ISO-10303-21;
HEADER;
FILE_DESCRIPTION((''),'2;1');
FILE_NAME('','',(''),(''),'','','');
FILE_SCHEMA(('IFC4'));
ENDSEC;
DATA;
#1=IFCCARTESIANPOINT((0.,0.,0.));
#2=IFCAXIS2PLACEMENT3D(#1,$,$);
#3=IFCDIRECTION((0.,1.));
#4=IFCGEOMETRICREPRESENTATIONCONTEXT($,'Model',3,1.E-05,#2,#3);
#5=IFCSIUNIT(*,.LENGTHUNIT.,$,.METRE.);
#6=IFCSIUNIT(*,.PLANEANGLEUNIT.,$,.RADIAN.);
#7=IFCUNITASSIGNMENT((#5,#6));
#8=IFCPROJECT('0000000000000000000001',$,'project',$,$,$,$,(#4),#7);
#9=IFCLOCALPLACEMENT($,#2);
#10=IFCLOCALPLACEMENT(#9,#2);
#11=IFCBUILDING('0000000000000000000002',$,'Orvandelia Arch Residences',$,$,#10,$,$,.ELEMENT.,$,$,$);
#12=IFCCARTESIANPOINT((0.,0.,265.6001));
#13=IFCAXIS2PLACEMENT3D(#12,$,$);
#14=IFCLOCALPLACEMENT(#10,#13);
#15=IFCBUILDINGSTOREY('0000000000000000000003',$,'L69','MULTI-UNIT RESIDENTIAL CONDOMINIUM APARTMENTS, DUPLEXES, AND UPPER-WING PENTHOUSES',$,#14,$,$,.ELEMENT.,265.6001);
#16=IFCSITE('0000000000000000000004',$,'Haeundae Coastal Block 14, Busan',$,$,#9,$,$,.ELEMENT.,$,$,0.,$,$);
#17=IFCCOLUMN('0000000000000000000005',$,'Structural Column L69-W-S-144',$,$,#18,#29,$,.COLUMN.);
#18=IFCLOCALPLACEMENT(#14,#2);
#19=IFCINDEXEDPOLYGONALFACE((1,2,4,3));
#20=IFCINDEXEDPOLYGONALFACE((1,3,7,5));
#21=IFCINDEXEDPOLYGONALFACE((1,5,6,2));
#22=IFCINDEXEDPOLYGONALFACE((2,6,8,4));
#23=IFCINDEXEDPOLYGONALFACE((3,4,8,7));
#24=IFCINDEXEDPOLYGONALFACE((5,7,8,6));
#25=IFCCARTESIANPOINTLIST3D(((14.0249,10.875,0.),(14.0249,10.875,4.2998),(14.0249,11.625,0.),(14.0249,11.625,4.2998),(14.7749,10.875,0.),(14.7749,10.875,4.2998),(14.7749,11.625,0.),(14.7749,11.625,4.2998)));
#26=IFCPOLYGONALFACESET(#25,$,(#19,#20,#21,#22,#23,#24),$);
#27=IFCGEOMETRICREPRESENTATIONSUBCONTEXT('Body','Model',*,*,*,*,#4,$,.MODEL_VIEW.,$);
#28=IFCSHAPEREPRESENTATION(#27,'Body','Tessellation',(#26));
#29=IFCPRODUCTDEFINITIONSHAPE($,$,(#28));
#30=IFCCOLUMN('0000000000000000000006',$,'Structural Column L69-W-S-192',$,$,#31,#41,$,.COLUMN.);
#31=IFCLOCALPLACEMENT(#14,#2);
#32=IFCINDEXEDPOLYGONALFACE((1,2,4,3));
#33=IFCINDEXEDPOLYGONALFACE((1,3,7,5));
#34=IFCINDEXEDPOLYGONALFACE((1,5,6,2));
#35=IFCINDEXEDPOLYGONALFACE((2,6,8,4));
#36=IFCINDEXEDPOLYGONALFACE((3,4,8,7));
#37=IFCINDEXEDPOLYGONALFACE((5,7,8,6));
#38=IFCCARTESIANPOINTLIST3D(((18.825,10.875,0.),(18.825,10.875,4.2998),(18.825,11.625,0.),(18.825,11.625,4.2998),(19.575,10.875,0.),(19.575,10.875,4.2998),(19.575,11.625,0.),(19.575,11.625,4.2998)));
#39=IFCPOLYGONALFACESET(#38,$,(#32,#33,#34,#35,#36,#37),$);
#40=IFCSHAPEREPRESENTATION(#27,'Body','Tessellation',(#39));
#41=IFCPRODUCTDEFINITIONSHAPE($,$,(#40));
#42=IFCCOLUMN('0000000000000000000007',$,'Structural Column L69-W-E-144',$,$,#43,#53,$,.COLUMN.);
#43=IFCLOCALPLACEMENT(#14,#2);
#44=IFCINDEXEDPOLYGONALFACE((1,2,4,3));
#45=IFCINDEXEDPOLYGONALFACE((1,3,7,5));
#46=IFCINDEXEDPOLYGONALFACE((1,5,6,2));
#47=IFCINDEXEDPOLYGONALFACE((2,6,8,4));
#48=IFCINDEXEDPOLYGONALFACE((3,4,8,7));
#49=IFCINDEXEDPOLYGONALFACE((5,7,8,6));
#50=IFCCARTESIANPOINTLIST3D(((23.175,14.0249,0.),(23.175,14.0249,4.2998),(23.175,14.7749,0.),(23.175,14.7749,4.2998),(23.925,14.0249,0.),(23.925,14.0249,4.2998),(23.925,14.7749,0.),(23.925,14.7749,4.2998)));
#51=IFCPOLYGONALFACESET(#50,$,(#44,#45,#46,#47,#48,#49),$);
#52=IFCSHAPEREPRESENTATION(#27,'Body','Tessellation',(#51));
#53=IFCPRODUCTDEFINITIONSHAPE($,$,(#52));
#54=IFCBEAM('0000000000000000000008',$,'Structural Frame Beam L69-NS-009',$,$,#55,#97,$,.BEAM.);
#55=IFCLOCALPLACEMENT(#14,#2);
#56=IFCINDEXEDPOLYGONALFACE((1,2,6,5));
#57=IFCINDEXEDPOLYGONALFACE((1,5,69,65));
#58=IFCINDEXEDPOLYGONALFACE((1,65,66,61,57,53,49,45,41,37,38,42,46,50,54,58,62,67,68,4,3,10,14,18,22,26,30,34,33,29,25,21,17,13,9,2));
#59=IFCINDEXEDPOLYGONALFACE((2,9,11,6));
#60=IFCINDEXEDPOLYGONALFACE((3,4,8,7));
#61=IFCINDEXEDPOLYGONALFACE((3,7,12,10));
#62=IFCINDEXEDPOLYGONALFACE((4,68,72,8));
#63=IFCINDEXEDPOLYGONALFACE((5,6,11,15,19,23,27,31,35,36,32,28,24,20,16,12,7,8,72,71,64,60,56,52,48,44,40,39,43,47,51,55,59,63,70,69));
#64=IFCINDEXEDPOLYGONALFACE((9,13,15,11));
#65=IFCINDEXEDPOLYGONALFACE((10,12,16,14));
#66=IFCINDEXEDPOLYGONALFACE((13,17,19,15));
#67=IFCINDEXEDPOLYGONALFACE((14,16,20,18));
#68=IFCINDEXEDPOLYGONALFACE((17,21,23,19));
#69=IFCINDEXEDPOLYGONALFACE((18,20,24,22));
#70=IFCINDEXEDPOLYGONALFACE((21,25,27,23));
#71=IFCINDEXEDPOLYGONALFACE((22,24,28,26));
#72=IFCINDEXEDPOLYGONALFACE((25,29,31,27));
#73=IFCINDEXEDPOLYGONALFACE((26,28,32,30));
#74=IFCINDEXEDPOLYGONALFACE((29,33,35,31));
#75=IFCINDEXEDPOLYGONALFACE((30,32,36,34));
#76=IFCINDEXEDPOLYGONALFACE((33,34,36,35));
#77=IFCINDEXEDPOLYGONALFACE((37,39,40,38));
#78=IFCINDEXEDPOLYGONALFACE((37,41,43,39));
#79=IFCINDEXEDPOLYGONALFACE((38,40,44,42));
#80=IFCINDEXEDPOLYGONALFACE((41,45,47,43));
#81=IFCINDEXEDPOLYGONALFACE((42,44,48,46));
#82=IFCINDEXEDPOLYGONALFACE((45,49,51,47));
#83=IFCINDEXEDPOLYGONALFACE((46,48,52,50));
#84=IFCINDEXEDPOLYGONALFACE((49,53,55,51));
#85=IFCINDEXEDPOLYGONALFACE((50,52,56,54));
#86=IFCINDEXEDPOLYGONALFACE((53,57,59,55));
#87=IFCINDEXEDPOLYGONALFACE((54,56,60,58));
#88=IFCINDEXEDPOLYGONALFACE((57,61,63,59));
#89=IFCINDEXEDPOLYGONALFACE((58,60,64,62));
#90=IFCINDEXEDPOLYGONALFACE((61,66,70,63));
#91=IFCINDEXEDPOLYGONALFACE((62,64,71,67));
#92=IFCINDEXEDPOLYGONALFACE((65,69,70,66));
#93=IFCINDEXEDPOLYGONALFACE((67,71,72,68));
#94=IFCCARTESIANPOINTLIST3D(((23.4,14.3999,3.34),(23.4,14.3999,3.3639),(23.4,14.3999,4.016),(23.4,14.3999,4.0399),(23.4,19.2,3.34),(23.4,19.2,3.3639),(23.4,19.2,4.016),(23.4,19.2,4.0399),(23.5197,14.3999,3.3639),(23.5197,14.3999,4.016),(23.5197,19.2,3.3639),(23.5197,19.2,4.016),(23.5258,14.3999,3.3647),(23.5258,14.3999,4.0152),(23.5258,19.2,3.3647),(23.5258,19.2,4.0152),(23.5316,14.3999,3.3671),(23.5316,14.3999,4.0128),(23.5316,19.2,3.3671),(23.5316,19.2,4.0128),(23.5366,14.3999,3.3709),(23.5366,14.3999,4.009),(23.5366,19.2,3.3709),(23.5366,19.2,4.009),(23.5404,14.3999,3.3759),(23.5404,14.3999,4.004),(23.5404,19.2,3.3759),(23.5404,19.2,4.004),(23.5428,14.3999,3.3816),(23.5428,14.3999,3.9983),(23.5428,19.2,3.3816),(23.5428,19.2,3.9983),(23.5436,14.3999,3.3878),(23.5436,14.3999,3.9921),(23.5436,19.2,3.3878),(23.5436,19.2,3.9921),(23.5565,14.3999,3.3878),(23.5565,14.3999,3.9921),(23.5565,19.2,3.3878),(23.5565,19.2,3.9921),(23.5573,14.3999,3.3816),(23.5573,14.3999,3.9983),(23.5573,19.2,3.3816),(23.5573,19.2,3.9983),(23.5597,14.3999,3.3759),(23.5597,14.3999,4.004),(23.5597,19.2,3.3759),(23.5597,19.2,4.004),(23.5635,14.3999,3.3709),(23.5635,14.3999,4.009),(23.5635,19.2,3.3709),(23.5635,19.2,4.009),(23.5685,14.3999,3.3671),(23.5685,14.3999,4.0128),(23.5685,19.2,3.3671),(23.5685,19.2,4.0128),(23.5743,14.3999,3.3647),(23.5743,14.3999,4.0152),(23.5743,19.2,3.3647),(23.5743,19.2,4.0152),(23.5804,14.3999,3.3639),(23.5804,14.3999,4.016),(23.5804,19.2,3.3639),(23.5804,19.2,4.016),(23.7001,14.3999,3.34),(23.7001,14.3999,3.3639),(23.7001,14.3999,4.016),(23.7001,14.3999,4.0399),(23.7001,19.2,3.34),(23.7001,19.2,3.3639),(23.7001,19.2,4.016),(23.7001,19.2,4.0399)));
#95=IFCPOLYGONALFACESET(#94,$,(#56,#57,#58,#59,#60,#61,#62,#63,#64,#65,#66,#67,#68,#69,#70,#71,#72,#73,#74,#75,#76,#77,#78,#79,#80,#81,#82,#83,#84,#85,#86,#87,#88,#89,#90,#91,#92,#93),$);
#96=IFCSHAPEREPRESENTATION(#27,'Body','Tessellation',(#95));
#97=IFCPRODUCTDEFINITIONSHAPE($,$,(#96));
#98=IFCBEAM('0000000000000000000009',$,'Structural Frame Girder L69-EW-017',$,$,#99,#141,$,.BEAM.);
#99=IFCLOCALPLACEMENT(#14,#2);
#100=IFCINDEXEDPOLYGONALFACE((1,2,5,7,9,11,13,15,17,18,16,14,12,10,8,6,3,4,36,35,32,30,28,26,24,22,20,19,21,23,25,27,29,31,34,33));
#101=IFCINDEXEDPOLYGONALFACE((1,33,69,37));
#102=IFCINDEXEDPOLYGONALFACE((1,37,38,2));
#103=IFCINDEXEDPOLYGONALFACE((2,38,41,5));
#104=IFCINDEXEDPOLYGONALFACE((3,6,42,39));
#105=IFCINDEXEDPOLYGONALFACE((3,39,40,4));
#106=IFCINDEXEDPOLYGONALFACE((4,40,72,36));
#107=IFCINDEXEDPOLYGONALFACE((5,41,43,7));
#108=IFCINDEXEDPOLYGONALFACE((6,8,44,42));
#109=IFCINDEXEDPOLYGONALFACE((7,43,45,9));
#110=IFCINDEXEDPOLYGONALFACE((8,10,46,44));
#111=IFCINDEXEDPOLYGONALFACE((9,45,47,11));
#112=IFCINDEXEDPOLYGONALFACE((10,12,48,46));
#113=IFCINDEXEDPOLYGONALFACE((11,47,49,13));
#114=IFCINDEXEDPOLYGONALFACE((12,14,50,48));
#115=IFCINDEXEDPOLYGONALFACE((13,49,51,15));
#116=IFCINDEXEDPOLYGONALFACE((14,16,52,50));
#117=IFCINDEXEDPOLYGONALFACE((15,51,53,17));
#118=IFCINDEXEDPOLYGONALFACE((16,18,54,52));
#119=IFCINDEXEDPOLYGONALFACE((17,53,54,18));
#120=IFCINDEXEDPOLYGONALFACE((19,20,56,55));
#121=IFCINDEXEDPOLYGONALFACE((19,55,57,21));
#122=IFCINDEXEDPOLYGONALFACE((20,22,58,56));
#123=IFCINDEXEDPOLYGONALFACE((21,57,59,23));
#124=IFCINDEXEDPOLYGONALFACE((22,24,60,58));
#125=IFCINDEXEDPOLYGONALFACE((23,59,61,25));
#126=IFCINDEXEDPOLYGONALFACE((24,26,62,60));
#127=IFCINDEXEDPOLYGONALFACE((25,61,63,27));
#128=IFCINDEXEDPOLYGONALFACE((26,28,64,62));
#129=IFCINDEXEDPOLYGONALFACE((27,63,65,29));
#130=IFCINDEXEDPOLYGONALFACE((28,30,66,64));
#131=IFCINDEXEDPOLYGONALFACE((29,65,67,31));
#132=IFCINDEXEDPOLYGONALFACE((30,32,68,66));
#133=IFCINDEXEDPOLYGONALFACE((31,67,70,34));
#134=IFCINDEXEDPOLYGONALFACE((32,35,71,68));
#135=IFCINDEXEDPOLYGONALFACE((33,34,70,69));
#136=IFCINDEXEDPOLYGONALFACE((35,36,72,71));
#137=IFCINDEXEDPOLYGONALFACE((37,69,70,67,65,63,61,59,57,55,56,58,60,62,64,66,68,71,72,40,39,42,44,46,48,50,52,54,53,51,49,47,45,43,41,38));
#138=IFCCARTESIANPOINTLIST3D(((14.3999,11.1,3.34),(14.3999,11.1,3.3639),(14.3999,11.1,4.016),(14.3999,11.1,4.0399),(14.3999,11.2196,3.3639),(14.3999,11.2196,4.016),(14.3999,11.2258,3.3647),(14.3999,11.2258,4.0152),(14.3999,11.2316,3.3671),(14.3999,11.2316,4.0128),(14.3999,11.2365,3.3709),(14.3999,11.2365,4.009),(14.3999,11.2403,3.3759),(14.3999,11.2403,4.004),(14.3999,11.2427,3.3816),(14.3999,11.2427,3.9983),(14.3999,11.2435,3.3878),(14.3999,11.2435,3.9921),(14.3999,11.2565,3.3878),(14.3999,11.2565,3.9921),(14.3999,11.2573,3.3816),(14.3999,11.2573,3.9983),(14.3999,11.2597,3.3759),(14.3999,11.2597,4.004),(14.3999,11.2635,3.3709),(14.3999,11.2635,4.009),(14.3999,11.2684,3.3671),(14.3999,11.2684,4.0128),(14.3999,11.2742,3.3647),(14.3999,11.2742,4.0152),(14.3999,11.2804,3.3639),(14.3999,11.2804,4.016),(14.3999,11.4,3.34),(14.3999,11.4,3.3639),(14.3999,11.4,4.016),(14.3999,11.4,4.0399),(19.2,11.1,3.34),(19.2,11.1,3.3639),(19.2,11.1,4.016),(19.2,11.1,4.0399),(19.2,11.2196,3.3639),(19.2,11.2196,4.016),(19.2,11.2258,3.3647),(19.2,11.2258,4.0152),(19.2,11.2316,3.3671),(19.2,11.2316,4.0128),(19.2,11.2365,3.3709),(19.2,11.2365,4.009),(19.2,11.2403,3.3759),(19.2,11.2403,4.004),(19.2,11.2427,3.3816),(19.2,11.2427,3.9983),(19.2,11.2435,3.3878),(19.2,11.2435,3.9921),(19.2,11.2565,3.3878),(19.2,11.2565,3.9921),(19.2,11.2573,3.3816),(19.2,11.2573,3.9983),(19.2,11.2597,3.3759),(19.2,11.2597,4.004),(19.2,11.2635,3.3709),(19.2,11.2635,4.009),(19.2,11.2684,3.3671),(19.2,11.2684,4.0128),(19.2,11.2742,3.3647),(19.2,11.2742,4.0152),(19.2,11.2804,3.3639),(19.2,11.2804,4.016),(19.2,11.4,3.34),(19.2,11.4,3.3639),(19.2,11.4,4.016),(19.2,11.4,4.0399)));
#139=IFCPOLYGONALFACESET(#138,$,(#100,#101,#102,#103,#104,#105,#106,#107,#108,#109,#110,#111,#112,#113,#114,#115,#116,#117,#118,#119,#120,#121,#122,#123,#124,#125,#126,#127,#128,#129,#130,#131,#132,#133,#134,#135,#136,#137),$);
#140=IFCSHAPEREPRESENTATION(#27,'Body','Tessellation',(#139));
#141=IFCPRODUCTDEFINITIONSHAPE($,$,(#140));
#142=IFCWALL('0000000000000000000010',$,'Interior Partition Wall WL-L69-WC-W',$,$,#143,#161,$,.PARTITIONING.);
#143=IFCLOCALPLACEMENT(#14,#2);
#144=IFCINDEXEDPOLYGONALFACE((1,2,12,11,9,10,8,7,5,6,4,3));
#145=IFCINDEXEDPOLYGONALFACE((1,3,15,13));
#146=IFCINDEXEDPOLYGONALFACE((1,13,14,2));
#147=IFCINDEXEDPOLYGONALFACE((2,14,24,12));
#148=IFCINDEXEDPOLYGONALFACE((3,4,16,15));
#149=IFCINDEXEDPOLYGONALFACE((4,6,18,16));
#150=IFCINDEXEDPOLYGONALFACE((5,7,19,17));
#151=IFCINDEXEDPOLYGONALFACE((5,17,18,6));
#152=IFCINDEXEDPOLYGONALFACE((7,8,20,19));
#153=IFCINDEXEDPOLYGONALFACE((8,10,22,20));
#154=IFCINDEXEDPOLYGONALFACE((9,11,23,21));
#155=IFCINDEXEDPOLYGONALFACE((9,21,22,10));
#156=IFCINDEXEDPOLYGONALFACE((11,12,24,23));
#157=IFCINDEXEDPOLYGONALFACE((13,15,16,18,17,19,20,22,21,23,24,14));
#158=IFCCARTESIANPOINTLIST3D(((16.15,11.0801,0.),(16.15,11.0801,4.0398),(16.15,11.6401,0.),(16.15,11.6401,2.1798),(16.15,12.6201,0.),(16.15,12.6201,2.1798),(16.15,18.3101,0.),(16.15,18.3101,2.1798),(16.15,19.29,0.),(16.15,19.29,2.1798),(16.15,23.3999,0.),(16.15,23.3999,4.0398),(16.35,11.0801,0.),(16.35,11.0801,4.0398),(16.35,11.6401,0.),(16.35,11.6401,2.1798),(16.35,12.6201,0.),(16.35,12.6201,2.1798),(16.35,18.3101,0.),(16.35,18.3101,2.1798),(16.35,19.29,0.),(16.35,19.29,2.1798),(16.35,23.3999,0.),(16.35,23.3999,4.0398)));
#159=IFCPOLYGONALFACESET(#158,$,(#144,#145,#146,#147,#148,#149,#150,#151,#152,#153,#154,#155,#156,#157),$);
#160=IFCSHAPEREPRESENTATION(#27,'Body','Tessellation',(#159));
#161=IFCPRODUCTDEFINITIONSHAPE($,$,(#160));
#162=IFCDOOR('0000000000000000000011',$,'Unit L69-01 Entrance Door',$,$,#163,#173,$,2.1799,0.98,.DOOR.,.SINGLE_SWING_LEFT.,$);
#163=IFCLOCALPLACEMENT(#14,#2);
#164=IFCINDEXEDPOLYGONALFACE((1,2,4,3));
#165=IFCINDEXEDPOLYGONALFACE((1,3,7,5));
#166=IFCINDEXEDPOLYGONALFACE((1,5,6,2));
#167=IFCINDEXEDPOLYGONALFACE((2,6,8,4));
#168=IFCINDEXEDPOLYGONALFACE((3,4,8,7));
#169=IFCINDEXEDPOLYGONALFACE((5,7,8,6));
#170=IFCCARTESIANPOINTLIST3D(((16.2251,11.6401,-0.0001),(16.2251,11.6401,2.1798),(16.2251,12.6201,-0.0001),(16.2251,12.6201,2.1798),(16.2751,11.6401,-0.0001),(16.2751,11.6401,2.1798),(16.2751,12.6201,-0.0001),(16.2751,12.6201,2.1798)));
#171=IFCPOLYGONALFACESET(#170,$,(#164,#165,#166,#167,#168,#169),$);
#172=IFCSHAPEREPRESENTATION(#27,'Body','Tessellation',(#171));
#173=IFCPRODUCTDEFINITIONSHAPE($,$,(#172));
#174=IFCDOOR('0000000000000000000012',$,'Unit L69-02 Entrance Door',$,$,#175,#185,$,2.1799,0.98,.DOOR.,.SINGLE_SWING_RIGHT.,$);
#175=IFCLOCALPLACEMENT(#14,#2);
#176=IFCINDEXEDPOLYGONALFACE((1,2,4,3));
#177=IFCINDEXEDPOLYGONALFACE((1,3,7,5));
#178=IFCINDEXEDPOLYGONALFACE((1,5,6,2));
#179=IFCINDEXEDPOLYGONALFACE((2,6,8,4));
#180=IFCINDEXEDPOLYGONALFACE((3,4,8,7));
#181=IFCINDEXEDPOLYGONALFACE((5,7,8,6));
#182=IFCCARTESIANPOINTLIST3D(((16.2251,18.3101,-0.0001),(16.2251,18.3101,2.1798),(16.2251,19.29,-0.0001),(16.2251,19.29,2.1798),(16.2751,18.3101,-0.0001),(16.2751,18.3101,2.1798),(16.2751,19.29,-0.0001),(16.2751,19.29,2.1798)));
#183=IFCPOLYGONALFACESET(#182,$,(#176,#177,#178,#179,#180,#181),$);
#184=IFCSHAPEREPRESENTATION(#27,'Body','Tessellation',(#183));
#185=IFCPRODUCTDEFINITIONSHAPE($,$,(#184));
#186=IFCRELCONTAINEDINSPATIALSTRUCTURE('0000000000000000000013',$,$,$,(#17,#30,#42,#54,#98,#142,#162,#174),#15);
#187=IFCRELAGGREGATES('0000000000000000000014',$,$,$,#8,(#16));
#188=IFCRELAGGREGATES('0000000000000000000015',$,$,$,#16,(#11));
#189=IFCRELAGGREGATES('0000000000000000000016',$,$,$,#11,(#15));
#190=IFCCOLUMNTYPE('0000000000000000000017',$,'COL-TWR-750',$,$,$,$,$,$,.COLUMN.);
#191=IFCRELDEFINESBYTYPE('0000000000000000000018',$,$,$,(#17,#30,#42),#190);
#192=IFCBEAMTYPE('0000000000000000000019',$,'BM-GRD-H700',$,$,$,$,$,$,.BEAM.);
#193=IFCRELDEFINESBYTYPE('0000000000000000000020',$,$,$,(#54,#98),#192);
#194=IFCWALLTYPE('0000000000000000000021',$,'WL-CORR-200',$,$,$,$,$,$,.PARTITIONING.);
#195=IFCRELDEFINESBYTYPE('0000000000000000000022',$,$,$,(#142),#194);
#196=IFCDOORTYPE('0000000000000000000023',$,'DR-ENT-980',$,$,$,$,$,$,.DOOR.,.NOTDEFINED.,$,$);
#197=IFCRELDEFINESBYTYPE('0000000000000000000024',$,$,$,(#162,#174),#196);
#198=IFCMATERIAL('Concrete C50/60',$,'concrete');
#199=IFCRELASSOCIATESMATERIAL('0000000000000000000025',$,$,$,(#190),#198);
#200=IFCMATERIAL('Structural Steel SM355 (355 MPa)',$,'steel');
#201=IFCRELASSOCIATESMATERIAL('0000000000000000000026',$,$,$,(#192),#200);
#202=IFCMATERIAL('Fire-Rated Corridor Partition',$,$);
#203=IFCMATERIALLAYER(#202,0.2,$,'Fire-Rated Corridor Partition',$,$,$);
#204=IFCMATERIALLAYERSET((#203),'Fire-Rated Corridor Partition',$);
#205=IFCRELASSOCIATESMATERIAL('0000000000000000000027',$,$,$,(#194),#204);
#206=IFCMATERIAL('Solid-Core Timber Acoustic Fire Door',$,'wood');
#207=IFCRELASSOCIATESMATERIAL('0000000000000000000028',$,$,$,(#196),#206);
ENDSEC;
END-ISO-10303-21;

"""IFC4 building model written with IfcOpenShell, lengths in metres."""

from ifc_helpers import new_model, si_unit, direction, frame, frame_2d, origin, origin_2d, place, context, subcontext, project, spatial, rectangle, i_section, extrude, material, layer, layer_set, material_profile, profile_set, type_object, element, fill, save


model = new_model("IFC4")

# Units and contexts
model_context = context("Model", 3, precision=1e-05, world=origin(), true_north=direction((0.0, 1.0)))
body_context = subcontext(model_context, "Body", "Model", "MODEL_VIEW")
ifc_project = project(units=[si_unit("LENGTHUNIT", "METRE"), si_unit("PLANEANGLEUNIT", "RADIAN")], contexts=[model_context])

# Site, building, storey
site_placement = place(None, origin())
site = spatial("IfcSite", under=ifc_project, at=site_placement, Name="Haeundae Coastal Block 14, Busan", CompositionType="ELEMENT", RefElevation=0.0)
building_placement = place(site_placement, origin())
building = spatial("IfcBuilding", under=site, at=building_placement, Name="Orvandelia Arch Residences", CompositionType="ELEMENT")
storey_placement = place(building_placement, frame((0.0, 0.0, 265.6001)))
storey = spatial("IfcBuildingStorey", under=building, at=storey_placement, Name="L69", Description="MULTI-UNIT RESIDENTIAL CONDOMINIUM APARTMENTS, DUPLEXES, AND UPPER-WING PENTHOUSES", CompositionType="ELEMENT", Elevation=265.6001)

# Columns
ifc_material_1 = material(Name="Concrete C50/60", Category="concrete")
ifc_material_profile_1 = material_profile(ifc_material_1, rectangle(XDim=0.75, YDim=0.75, at=origin_2d()), Name="Concrete C50/60", Category="concrete")
ifc_profile_set_1 = profile_set([ifc_material_profile_1], Name="Concrete C50/60")
column_type = type_object("IfcColumnType", Name="COL-TWR-750", PredefinedType="COLUMN", material=ifc_profile_set_1)
for number, where, z_axis, x_axis, name in (
    (1, (14.3999, 11.25, 0.0), (0.0, 0.0, 1.0), (1.0, 0.0, 0.0), "Structural Column L69-W-S-144"),
    (2, (19.2, 11.25, 0.0), (0.0, 0.0, 1.0), (1.0, 0.0, 0.0), "Structural Column L69-W-S-192"),
    (3, (23.55, 14.3999, 0.0), (0.0, 0.0, 1.0), (1.0, 0.0, 0.0), "Structural Column L69-W-E-144"),
):
    element("IfcColumn", number, at=place(storey_placement, frame(where, z_axis=z_axis, x_axis=x_axis)), inside=storey, type_object=column_type, Name=name, PredefinedType="COLUMN", context=body_context, shape_type="SweptSolid", body=[
        extrude(rectangle(XDim=0.75, YDim=0.75, at=origin_2d()), origin(), (0.0, 0.0, 1.0), 4.2998),
    ])

# Beams
ifc_material_2 = material(Name="Structural Steel SM355 (355 MPa)", Category="steel")
ifc_material_profile_2 = material_profile(ifc_material_2, i_section(OverallWidth=0.3, OverallDepth=0.7, WebThickness=0.0129, FlangeThickness=0.0239, FilletRadius=0.0239, at=origin_2d()), Name="Structural Steel SM355 (355 MPa)", Category="steel")
ifc_profile_set_2 = profile_set([ifc_material_profile_2], Name="Structural Steel SM355 (355 MPa)")
beam_type = type_object("IfcBeamType", Name="BM-GRD-H700", PredefinedType="BEAM", material=ifc_profile_set_2)
for number, where, z_axis, x_axis, name in (
    (4, (23.55, 14.3999, 3.6899), (0.0, 1.0, 0.0), (-1.0, 0.0, 0.0), "Structural Frame Beam L69-NS-009"),
    (5, (14.3999, 11.25, 3.6899), (1.0, 0.0, 0.0), (0.0, 1.0, 0.0), "Structural Frame Girder L69-EW-017"),
):
    element("IfcBeam", number, at=place(storey_placement, frame(where, z_axis=z_axis, x_axis=x_axis)), inside=storey, type_object=beam_type, Name=name, PredefinedType="BEAM", context=body_context, shape_type="SweptSolid", body=[
        extrude(i_section(OverallWidth=0.3, OverallDepth=0.7, WebThickness=0.0129, FlangeThickness=0.0239, FilletRadius=0.0239, at=origin_2d()), origin(), (0.0, 0.0, 1.0), 4.8),
    ])

# Wall, openings, doors
ifc_material_3 = material(Name="Fire-Rated Corridor Partition")
ifc_layer_1 = layer(ifc_material_3, 0.2, Name="Fire-Rated Corridor Partition")
ifc_layer_set_1 = layer_set([ifc_layer_1], Name="Fire-Rated Corridor Partition")
wall_type_1 = type_object("IfcWallType", Name="WL-CORR-200", PredefinedType="PARTITIONING", material=ifc_layer_set_1)
wall_1_placement = place(storey_placement, frame((16.25, 11.0801, 0.0), z_axis=(0.0, 0.0, 1.0), x_axis=(0.0, 1.0, 0.0)))
wall_1 = element("IfcWall", 6, at=wall_1_placement, inside=storey, type_object=wall_type_1, Name="Interior Partition Wall WL-L69-WC-W", PredefinedType="PARTITIONING", context=body_context, shape_type="SweptSolid", body=[
    extrude(rectangle(XDim=12.3198, YDim=0.2, at=frame_2d((6.1599, 0.0))), origin(), (0.0, 0.0, 1.0), 4.0398),
])
opening_1_placement = place(wall_1_placement, frame((0.5601, 0.0, 0.0)))
opening_1 = element("IfcOpeningElement", 7, at=opening_1_placement, cuts=wall_1, PredefinedType="OPENING", context=body_context, shape_type="SweptSolid", body=[
    extrude(rectangle(XDim=0.98, YDim=2.1799, at=frame_2d((0.49, 1.0898))), frame((0.0, 0.1099, 0.0), z_axis=(0.0, -1.0, 0.0), x_axis=(1.0, 0.0, 0.0)), (0.0, 0.0, 1.0), 0.22),
])
opening_2_placement = place(wall_1_placement, frame((7.23, 0.0, 0.0)))
opening_2 = element("IfcOpeningElement", 8, at=opening_2_placement, cuts=wall_1, PredefinedType="OPENING", context=body_context, shape_type="SweptSolid", body=[
    extrude(rectangle(XDim=0.98, YDim=2.1799, at=frame_2d((0.49, 1.0898))), frame((0.0, 0.1099, 0.0), z_axis=(0.0, -1.0, 0.0), x_axis=(1.0, 0.0, 0.0)), (0.0, 0.0, 1.0), 0.22),
])
ifc_material_4 = material(Name="Solid-Core Timber Acoustic Fire Door", Category="wood")
door_type = type_object("IfcDoorType", Name="DR-ENT-980", OperationType="NOTDEFINED", PredefinedType="DOOR", material=ifc_material_4)
door_1_placement = place(opening_1_placement, origin())
door_1 = element("IfcDoor", 9, at=door_1_placement, inside=storey, type_object=door_type, Name="Unit L69-01 Entrance Door", OperationType="SINGLE_SWING_LEFT", OverallHeight=2.1799, OverallWidth=0.98, PredefinedType="DOOR", context=body_context, shape_type="SweptSolid", body=[
    extrude(rectangle(XDim=0.98, YDim=2.1799, at=frame_2d((0.49, 1.0898))), frame((0.0, 0.0249, 0.0), z_axis=(0.0, -1.0, 0.0), x_axis=(1.0, 0.0, 0.0)), (0.0, 0.0, 1.0), 0.05),
])
fill(opening_1, door_1)
door_2_placement = place(opening_2_placement, origin())
door_2 = element("IfcDoor", 10, at=door_2_placement, inside=storey, type_object=door_type, Name="Unit L69-02 Entrance Door", OperationType="SINGLE_SWING_RIGHT", OverallHeight=2.1799, OverallWidth=0.98, PredefinedType="DOOR", context=body_context, shape_type="SweptSolid", body=[
    extrude(rectangle(XDim=0.98, YDim=2.1799, at=frame_2d((0.49, 1.0898))), frame((0.0, 0.0249, 0.0), z_axis=(0.0, -1.0, 0.0), x_axis=(1.0, 0.0, 0.0)), (0.0, 0.0, 1.0), 0.05),
])
fill(opening_2, door_2)

save(model, "model.ifc")
